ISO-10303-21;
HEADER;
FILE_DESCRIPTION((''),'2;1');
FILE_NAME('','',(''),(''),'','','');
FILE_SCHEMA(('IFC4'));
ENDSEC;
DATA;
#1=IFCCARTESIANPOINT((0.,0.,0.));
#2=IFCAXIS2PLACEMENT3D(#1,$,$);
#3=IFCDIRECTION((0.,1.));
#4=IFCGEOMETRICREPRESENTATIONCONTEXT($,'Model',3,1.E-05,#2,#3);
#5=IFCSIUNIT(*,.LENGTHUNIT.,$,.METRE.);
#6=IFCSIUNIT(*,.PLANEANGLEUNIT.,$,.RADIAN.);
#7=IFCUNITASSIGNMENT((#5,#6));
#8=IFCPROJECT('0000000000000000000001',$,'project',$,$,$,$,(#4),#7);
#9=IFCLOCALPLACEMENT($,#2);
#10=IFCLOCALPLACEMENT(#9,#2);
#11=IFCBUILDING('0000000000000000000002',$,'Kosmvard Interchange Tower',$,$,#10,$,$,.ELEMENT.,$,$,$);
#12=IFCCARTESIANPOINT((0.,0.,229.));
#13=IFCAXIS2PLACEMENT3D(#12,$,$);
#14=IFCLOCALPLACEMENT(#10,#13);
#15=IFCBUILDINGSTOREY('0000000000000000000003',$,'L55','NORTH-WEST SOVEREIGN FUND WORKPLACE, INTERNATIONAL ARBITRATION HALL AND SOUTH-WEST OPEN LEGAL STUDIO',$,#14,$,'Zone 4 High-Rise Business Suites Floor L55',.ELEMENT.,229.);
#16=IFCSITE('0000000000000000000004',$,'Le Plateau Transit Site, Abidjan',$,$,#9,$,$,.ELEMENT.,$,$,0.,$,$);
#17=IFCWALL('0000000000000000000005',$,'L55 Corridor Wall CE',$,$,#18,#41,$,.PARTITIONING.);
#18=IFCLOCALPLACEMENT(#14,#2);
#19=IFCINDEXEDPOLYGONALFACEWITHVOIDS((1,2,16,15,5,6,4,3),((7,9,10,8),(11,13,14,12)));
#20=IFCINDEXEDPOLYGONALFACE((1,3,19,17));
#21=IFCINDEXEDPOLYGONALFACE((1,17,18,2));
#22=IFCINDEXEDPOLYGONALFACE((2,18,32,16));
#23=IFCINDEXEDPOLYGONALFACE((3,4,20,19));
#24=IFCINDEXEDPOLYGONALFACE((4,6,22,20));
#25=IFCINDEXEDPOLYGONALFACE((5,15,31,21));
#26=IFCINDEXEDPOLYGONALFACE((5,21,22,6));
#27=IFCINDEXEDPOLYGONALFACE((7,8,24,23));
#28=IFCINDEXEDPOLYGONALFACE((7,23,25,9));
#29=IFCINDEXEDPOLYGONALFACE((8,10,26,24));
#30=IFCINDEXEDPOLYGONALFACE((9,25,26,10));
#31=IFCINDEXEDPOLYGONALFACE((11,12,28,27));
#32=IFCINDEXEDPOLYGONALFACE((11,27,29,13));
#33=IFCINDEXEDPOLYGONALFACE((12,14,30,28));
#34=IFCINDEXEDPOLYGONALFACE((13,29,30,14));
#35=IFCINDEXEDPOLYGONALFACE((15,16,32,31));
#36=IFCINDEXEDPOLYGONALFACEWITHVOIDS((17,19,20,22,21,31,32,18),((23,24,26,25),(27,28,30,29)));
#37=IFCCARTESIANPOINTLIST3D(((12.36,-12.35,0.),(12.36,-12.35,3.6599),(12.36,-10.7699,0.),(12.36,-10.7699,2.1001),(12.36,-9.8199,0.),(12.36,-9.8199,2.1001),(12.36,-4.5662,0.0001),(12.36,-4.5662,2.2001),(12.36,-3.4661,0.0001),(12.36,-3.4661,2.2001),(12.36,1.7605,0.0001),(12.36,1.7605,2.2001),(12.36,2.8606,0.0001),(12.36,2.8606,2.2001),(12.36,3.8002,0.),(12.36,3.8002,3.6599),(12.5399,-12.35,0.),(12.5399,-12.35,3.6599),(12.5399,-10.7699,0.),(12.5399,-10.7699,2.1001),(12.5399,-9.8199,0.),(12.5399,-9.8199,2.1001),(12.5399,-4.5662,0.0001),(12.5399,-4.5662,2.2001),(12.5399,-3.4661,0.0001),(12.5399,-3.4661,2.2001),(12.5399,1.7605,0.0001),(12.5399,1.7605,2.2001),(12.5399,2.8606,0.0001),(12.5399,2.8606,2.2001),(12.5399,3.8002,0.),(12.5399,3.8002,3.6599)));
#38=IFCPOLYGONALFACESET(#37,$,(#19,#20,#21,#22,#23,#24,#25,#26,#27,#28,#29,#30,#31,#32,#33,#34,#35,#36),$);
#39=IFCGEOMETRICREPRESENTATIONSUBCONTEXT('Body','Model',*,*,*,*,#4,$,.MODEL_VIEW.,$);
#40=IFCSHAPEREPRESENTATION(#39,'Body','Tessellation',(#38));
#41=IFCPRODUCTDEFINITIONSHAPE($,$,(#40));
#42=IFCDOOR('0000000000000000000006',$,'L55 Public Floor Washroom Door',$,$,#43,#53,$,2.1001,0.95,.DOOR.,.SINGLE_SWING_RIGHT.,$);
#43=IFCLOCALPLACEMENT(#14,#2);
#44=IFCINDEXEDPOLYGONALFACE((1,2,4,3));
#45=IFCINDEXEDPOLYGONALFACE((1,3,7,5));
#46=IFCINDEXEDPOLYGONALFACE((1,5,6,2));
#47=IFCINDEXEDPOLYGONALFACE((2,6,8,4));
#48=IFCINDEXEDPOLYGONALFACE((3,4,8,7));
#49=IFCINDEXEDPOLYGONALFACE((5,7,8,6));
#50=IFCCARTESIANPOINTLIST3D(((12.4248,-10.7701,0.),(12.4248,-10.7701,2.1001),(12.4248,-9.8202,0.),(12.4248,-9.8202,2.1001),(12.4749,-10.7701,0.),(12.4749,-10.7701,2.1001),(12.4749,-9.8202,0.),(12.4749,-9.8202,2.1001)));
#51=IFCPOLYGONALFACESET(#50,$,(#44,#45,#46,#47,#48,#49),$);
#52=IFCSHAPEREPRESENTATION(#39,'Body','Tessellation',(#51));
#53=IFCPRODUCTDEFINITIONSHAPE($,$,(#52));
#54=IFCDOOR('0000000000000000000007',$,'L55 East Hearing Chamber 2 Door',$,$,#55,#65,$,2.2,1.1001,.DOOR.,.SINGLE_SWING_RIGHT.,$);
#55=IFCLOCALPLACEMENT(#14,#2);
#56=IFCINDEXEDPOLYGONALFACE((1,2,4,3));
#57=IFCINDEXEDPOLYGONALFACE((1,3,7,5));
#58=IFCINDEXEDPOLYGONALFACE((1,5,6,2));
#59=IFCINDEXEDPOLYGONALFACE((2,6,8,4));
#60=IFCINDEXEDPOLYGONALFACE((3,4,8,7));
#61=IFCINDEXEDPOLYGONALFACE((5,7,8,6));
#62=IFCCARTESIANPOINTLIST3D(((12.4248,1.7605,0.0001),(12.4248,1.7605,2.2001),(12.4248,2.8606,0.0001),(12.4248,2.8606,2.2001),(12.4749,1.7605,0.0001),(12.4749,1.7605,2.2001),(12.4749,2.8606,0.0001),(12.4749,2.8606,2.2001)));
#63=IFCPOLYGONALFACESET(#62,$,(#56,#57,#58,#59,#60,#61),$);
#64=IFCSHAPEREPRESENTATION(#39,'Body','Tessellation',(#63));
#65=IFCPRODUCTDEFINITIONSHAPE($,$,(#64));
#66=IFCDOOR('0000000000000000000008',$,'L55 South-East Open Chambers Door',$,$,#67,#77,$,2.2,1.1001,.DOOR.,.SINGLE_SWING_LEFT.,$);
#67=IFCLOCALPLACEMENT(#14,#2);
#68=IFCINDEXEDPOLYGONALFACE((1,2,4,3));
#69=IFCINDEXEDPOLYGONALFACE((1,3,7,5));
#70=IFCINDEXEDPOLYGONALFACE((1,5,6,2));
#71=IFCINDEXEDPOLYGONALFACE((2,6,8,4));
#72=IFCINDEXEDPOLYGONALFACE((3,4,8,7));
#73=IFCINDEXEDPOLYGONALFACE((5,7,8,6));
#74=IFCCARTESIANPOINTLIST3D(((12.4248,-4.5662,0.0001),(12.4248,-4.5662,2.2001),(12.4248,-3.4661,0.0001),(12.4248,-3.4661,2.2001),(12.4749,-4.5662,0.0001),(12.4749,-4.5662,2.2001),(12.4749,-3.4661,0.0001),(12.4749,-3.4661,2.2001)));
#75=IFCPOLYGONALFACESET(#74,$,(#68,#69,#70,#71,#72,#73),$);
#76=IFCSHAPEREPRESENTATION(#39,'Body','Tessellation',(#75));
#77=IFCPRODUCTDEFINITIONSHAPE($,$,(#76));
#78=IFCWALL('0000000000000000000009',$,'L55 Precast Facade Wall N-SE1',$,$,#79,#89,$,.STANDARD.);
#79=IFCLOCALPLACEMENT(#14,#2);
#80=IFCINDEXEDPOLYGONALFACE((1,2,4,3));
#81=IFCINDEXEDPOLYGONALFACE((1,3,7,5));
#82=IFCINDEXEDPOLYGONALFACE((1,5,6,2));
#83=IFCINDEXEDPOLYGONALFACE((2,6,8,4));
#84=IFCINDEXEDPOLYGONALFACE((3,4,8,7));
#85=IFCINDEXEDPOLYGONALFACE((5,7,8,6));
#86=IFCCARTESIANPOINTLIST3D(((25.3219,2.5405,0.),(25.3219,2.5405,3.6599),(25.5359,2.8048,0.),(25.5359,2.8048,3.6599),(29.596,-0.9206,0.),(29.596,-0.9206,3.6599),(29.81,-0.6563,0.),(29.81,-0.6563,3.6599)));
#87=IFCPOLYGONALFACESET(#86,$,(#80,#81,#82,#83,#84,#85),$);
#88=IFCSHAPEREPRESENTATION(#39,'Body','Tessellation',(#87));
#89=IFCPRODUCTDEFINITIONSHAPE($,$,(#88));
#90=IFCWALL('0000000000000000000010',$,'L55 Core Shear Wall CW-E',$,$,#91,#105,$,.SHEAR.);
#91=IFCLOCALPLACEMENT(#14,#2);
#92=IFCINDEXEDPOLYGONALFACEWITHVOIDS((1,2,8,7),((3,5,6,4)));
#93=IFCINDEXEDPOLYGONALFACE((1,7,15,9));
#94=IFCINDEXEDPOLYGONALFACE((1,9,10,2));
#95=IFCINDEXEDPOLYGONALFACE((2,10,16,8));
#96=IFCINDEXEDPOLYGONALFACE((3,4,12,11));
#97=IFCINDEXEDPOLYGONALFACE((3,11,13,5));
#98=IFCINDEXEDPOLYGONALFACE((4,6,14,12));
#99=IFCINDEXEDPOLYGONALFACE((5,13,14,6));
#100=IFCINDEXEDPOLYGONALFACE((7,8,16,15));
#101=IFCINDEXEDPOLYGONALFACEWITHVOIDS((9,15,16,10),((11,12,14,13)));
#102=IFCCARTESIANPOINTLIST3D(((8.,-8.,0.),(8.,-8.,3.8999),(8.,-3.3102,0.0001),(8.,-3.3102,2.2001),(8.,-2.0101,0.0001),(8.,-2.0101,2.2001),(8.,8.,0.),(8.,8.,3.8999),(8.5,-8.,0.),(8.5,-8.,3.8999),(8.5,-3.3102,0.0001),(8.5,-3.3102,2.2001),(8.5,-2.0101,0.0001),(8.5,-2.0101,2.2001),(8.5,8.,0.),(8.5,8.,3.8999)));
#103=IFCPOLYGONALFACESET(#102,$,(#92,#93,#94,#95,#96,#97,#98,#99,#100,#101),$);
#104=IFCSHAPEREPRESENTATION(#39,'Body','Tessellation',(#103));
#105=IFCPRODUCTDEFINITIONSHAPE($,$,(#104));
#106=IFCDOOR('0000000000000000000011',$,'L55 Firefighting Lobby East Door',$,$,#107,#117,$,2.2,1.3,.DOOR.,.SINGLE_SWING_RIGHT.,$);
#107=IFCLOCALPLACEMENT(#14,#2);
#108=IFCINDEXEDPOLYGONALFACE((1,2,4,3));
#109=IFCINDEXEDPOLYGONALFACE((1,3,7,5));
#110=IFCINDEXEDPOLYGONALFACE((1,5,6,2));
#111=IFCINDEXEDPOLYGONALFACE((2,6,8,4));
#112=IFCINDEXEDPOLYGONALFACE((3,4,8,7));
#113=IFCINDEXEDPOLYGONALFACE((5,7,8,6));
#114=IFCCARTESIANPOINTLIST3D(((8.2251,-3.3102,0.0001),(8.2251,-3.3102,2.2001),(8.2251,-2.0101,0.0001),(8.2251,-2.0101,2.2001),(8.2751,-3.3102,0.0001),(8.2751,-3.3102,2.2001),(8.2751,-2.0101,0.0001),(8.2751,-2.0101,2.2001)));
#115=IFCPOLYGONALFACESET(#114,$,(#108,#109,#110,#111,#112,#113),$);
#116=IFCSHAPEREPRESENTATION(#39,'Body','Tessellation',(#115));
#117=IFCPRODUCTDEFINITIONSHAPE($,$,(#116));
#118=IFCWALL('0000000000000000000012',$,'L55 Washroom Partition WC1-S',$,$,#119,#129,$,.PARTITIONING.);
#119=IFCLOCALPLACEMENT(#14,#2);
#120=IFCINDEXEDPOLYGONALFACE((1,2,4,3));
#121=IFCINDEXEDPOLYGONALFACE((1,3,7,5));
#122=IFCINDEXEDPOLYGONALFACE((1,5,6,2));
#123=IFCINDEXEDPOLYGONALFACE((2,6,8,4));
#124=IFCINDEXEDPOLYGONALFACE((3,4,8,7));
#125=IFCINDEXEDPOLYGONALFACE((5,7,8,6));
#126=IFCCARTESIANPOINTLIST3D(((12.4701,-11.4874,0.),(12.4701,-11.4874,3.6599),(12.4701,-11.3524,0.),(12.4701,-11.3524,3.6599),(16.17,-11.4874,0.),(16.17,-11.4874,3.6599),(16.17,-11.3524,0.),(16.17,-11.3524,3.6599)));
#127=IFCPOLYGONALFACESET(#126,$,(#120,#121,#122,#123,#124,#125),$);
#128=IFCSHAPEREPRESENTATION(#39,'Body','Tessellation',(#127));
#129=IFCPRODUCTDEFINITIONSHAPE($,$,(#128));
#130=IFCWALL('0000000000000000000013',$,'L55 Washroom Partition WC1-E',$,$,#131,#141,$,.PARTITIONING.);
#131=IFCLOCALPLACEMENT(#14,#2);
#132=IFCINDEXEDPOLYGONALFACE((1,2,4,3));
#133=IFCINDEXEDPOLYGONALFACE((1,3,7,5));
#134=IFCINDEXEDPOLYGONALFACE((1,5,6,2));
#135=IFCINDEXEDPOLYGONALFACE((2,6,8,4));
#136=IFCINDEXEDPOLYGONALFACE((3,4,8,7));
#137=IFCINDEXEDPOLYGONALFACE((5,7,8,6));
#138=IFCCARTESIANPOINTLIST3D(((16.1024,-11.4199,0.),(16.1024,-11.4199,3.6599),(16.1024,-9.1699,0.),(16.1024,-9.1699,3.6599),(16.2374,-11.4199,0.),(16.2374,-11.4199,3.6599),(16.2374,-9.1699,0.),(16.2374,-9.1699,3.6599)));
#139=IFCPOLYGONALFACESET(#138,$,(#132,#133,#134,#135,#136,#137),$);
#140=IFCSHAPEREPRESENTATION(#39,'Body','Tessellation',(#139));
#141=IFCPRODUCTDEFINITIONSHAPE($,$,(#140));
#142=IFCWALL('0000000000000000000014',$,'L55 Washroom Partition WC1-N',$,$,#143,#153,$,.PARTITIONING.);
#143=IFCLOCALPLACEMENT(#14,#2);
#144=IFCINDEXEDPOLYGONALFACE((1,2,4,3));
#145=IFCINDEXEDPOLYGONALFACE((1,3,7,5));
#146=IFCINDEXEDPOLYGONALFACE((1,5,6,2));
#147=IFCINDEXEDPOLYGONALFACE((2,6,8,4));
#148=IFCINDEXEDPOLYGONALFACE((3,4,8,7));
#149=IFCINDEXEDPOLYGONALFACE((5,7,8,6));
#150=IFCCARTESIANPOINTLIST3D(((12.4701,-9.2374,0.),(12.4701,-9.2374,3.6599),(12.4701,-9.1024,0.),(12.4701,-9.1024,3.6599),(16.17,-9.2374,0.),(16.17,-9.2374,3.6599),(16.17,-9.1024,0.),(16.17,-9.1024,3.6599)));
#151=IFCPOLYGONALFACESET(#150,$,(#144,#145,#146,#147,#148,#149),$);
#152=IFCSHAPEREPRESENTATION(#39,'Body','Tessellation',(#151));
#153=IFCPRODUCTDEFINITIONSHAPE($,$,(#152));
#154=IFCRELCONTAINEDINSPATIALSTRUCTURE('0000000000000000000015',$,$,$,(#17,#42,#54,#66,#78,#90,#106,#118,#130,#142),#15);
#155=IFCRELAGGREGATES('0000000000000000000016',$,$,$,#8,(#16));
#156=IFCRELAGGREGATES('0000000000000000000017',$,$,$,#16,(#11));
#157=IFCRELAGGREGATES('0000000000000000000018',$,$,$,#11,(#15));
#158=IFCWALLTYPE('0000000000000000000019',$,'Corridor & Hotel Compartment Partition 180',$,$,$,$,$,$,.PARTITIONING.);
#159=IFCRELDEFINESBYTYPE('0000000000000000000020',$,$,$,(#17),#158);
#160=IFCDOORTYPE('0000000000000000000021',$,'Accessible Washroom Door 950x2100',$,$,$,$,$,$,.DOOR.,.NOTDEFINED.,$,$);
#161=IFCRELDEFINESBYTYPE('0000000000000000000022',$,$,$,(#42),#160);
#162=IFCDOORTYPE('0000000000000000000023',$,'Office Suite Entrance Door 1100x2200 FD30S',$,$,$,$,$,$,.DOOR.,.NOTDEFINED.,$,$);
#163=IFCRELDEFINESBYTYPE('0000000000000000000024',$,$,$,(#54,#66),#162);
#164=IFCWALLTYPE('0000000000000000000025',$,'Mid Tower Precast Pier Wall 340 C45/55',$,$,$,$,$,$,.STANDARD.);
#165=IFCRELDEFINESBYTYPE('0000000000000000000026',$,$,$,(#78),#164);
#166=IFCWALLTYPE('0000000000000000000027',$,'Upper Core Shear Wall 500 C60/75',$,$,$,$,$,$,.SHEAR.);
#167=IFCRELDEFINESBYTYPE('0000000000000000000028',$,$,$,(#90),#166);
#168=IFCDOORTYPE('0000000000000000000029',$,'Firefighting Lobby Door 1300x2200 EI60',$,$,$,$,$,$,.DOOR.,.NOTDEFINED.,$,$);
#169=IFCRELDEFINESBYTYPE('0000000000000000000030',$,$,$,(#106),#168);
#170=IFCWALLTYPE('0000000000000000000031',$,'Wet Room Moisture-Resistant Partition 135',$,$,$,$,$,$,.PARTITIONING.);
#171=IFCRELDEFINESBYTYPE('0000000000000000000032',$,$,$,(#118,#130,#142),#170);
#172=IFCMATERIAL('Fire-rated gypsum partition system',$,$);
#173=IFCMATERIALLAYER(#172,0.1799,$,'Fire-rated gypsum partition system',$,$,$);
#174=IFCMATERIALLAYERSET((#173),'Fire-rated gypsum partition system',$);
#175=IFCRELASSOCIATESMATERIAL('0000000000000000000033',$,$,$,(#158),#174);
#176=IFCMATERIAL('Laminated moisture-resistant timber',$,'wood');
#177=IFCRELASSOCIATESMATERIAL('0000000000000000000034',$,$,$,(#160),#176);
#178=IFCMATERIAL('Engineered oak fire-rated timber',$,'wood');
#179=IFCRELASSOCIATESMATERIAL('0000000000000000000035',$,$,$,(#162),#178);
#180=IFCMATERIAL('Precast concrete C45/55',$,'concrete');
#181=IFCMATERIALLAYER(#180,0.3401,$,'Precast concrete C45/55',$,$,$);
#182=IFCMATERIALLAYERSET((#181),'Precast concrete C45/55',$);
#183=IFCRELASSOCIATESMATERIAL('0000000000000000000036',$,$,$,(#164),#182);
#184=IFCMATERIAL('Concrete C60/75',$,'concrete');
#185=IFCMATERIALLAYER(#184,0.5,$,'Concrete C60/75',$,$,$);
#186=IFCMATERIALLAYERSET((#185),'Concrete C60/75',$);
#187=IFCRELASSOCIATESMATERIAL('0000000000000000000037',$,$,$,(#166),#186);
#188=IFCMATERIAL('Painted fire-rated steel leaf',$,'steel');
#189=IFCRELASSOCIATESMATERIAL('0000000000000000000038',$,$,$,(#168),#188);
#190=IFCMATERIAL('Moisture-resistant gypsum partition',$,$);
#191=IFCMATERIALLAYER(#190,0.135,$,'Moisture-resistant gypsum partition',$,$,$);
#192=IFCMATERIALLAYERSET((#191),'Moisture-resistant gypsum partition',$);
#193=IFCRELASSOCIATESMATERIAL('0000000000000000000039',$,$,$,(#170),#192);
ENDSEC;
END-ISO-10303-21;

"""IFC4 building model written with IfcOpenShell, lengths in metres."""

from ifc_helpers import new_model, si_unit, direction, frame, frame_2d, origin, place, context, subcontext, project, spatial, rectangle, extrude, source, transform, mapped, material, layer, layer_set, type_object, element, fill, save


model = new_model("IFC4")

# Units and contexts
model_context = context("Model", 3, precision=1e-05, world=origin(), true_north=direction((0.0, 1.0)))
body_context = subcontext(model_context, "Body", "Model", "MODEL_VIEW")
ifc_project = project(units=[si_unit("LENGTHUNIT", "METRE"), si_unit("PLANEANGLEUNIT", "RADIAN")], contexts=[model_context])

# Site, building, storey
site_placement = place(None, origin())
site = spatial("IfcSite", under=ifc_project, at=site_placement, Name="Le Plateau Transit Site, Abidjan", CompositionType="ELEMENT", RefElevation=0.0)
building_placement = place(site_placement, origin())
building = spatial("IfcBuilding", under=site, at=building_placement, Name="Kosmvard Interchange Tower", CompositionType="ELEMENT")
storey_placement = place(building_placement, frame((0.0, 0.0, 229.0)))
storey = spatial("IfcBuildingStorey", under=building, at=storey_placement, Name="L55", Description="NORTH-WEST SOVEREIGN FUND WORKPLACE, INTERNATIONAL ARBITRATION HALL AND SOUTH-WEST OPEN LEGAL STUDIO", LongName="Zone 4 High-Rise Business Suites Floor L55", CompositionType="ELEMENT", Elevation=229.0)

# Shared definitions
ifc_material_1 = material(Name="Concrete C60/75", Category="concrete")

# Shared definitions
ifc_material_2 = material(Name="Precast concrete C45/55", Category="concrete")

# Wall, openings, doors
ifc_material_3 = material(Name="Fire-rated gypsum partition system")
ifc_layer_1 = layer(ifc_material_3, 0.1799, Name="Fire-rated gypsum partition system")
ifc_layer_set_1 = layer_set([ifc_layer_1], Name="Fire-rated gypsum partition system")
wall_type_1 = type_object("IfcWallType", Name="Corridor & Hotel Compartment Partition 180", PredefinedType="PARTITIONING", material=ifc_layer_set_1)
wall_1_placement = place(storey_placement, frame((12.45, -12.3501, 0.0), z_axis=(0.0, 0.0, 1.0), x_axis=(0.0, 1.0, 0.0)))
wall_1 = element("IfcWall", 1, at=wall_1_placement, inside=storey, type_object=wall_type_1, Name="L55 Corridor Wall CE", PredefinedType="PARTITIONING", context=body_context, shape_type="SweptSolid", body=[
    extrude(rectangle(XDim=16.1501, YDim=0.1799, at=frame_2d((8.0752, 0.0))), origin(), (0.0, 0.0, 1.0), 3.6599),
])
opening_1_placement = place(wall_1_placement, frame((1.5801, 0.0, 0.0)))
opening_1 = element("IfcOpeningElement", 2, at=opening_1_placement, cuts=wall_1, PredefinedType="OPENING", context=body_context, shape_type="SweptSolid", body=[
    extrude(rectangle(XDim=0.95, YDim=2.1001, at=frame_2d((0.4751, 1.05))), frame((0.0, 0.1001, 0.0), z_axis=(0.0, -1.0, 0.0), x_axis=(1.0, 0.0, 0.0)), (0.0, 0.0, 1.0), 0.2),
])
opening_2_placement = place(wall_1_placement, frame((14.1106, 0.0, 0.0)))
opening_2 = element("IfcOpeningElement", 3, at=opening_2_placement, cuts=wall_1, PredefinedType="OPENING", context=body_context, shape_type="SweptSolid", body=[
    extrude(rectangle(XDim=1.1001, YDim=2.2, at=frame_2d((0.55, 1.1001))), frame((0.0, 0.1001, 0.0), z_axis=(0.0, -1.0, 0.0), x_axis=(1.0, 0.0, 0.0)), (0.0, 0.0, 1.0), 0.2),
])
opening_3_placement = place(wall_1_placement, frame((7.7839, 0.0, 0.0)))
opening_3 = element("IfcOpeningElement", 4, at=opening_3_placement, cuts=wall_1, PredefinedType="OPENING", context=body_context, shape_type="SweptSolid", body=[
    extrude(rectangle(XDim=1.1001, YDim=2.2, at=frame_2d((0.55, 1.1001))), frame((0.0, 0.1001, 0.0), z_axis=(0.0, -1.0, 0.0), x_axis=(1.0, 0.0, 0.0)), (0.0, 0.0, 1.0), 0.2),
])
ifc_material_4 = material(Name="Laminated moisture-resistant timber", Category="wood")
door_type_1 = type_object("IfcDoorType", Name="Accessible Washroom Door 950x2100", OperationType="NOTDEFINED", PredefinedType="DOOR", material=ifc_material_4)
shared_shape_1 = source(origin(), body_context, "Body", "SweptSolid", [
    extrude(rectangle(XDim=0.95, YDim=2.1001, at=frame_2d((0.4751, 1.05))), frame((0.0, 0.0249, 0.0), z_axis=(0.0, -1.0, 0.0), x_axis=(1.0, 0.0, 0.0)), (0.0, 0.0, 1.0), 0.05),
])
door_1_placement = place(opening_1_placement, frame((0.95, 0.0, 0.0), z_axis=(0.0, 0.0, 1.0), x_axis=(-1.0, 0.0, 0.0)))
door_1 = element("IfcDoor", 5, at=door_1_placement, inside=storey, type_object=door_type_1, Name="L55 Public Floor Washroom Door", OperationType="SINGLE_SWING_RIGHT", OverallHeight=2.1001, OverallWidth=0.95, PredefinedType="DOOR", context=body_context, shape_type="MappedRepresentation", body=[
    mapped(shared_shape_1, transform((0.0, 0.0, 0.0), scale=1.0)),
])
fill(opening_1, door_1)
ifc_material_5 = material(Name="Engineered oak fire-rated timber", Category="wood")
door_type_2 = type_object("IfcDoorType", Name="Office Suite Entrance Door 1100x2200 FD30S", OperationType="NOTDEFINED", PredefinedType="DOOR", material=ifc_material_5)
shared_shape_2 = source(origin(), body_context, "Body", "SweptSolid", [
    extrude(rectangle(XDim=1.1001, YDim=2.2, at=frame_2d((0.55, 1.1001))), frame((0.0, 0.0249, 0.0), z_axis=(0.0, -1.0, 0.0), x_axis=(1.0, 0.0, 0.0)), (0.0, 0.0, 1.0), 0.05),
])
door_2_placement = place(opening_2_placement, frame((1.1001, 0.0, 0.0), z_axis=(0.0, 0.0, 1.0), x_axis=(-1.0, 0.0, 0.0)))
door_2 = element("IfcDoor", 6, at=door_2_placement, inside=storey, type_object=door_type_2, Name="L55 East Hearing Chamber 2 Door", OperationType="SINGLE_SWING_RIGHT", OverallHeight=2.2, OverallWidth=1.1001, PredefinedType="DOOR", context=body_context, shape_type="MappedRepresentation", body=[
    mapped(shared_shape_2, transform((0.0, 0.0, 0.0), scale=1.0)),
])
fill(opening_2, door_2)
door_3_placement = place(opening_3_placement, frame((1.1001, 0.0, 0.0), z_axis=(0.0, 0.0, 1.0), x_axis=(-1.0, 0.0, 0.0)))
door_3 = element("IfcDoor", 7, at=door_3_placement, inside=storey, type_object=door_type_2, Name="L55 South-East Open Chambers Door", OperationType="SINGLE_SWING_LEFT", OverallHeight=2.2, OverallWidth=1.1001, PredefinedType="DOOR", context=body_context, shape_type="MappedRepresentation", body=[
    mapped(shared_shape_2, transform((0.0, 0.0, 0.0), scale=1.0)),
])
fill(opening_3, door_3)

# Wall
ifc_layer_2 = layer(ifc_material_2, 0.3401, Name="Precast concrete C45/55")
ifc_layer_set_2 = layer_set([ifc_layer_2], Name="Precast concrete C45/55")
wall_type_2 = type_object("IfcWallType", Name="Mid Tower Precast Pier Wall 340 C45/55", PredefinedType="STANDARD", material=ifc_layer_set_2)
wall_2_placement = place(storey_placement, frame((29.7031, -0.7886, 0.0), z_axis=(0.0, 0.0, 1.0), x_axis=(-0.777144, 0.629323, 0.0)))
element("IfcWall", 8, at=wall_2_placement, inside=storey, type_object=wall_type_2, Name="L55 Precast Facade Wall N-SE1", PredefinedType="STANDARD", context=body_context, shape_type="SweptSolid", body=[
    extrude(rectangle(XDim=5.4998, YDim=0.3401, at=frame_2d((2.75, 0.0))), origin(), (0.0, 0.0, 1.0), 3.6599),
])

# Wall, opening, door
ifc_layer_3 = layer(ifc_material_1, 0.5, Name="Concrete C60/75")
ifc_layer_set_3 = layer_set([ifc_layer_3], Name="Concrete C60/75")
wall_type_3 = type_object("IfcWallType", Name="Upper Core Shear Wall 500 C60/75", PredefinedType="SHEAR", material=ifc_layer_set_3)
wall_3_placement = place(storey_placement, frame((8.25, -8.0, 0.0), z_axis=(0.0, 0.0, 1.0), x_axis=(0.0, 1.0, 0.0)))
wall_3 = element("IfcWall", 9, at=wall_3_placement, inside=storey, type_object=wall_type_3, Name="L55 Core Shear Wall CW-E", PredefinedType="SHEAR", context=body_context, shape_type="SweptSolid", body=[
    extrude(rectangle(XDim=16.0, YDim=0.5, at=frame_2d((8.0, 0.0))), origin(), (0.0, 0.0, 1.0), 3.8999),
])
opening_4_placement = place(wall_3_placement, frame((4.6899, 0.0, 0.0)))
opening_4 = element("IfcOpeningElement", 10, at=opening_4_placement, cuts=wall_3, PredefinedType="OPENING", context=body_context, shape_type="SweptSolid", body=[
    extrude(rectangle(XDim=1.3, YDim=2.2, at=frame_2d((0.6499, 1.1001))), frame((0.0, 0.26, 0.0), z_axis=(0.0, -1.0, 0.0), x_axis=(1.0, 0.0, 0.0)), (0.0, 0.0, 1.0), 0.52),
])
ifc_material_6 = material(Name="Painted fire-rated steel leaf", Category="steel")
door_type_3 = type_object("IfcDoorType", Name="Firefighting Lobby Door 1300x2200 EI60", OperationType="NOTDEFINED", PredefinedType="DOOR", material=ifc_material_6)
shared_shape_3 = source(origin(), body_context, "Body", "SweptSolid", [
    extrude(rectangle(XDim=1.3, YDim=2.2, at=frame_2d((0.6499, 1.1001))), frame((0.0, 0.0249, 0.0), z_axis=(0.0, -1.0, 0.0), x_axis=(1.0, 0.0, 0.0)), (0.0, 0.0, 1.0), 0.05),
])
door_4_placement = place(opening_4_placement, origin())
door_4 = element("IfcDoor", 11, at=door_4_placement, inside=storey, type_object=door_type_3, Name="L55 Firefighting Lobby East Door", OperationType="SINGLE_SWING_RIGHT", OverallHeight=2.2, OverallWidth=1.3, PredefinedType="DOOR", context=body_context, shape_type="MappedRepresentation", body=[
    mapped(shared_shape_3, transform((0.0, 0.0, 0.0), scale=1.0)),
])
fill(opening_4, door_4)

# Walls
ifc_material_7 = material(Name="Moisture-resistant gypsum partition")
ifc_layer_4 = layer(ifc_material_7, 0.135, Name="Moisture-resistant gypsum partition")
ifc_layer_set_4 = layer_set([ifc_layer_4], Name="Moisture-resistant gypsum partition")
wall_type_4 = type_object("IfcWallType", Name="Wet Room Moisture-Resistant Partition 135", PredefinedType="PARTITIONING", material=ifc_layer_set_4)
wall_4_placement = place(storey_placement, frame((12.47, -11.4199, 0.0), z_axis=(0.0, 0.0, 1.0), x_axis=(1.0, 0.0, 0.0)))
element("IfcWall", 12, at=wall_4_placement, inside=storey, type_object=wall_type_4, Name="L55 Washroom Partition WC1-S", PredefinedType="PARTITIONING", context=body_context, shape_type="SweptSolid", body=[
    extrude(rectangle(XDim=3.7, YDim=0.135, at=frame_2d((1.8501, 0.0))), origin(), (0.0, 0.0, 1.0), 3.6599),
])
wall_5_placement = place(storey_placement, frame((16.1699, -11.4199, 0.0), z_axis=(0.0, 0.0, 1.0), x_axis=(0.0, 1.0, 0.0)))
element("IfcWall", 13, at=wall_5_placement, inside=storey, type_object=wall_type_4, Name="L55 Washroom Partition WC1-E", PredefinedType="PARTITIONING", context=body_context, shape_type="SweptSolid", body=[
    extrude(rectangle(XDim=2.25, YDim=0.135, at=frame_2d((1.125, 0.0))), origin(), (0.0, 0.0, 1.0), 3.6599),
])
wall_6_placement = place(storey_placement, frame((12.47, -9.1699, 0.0), z_axis=(0.0, 0.0, 1.0), x_axis=(1.0, 0.0, 0.0)))
element("IfcWall", 14, at=wall_6_placement, inside=storey, type_object=wall_type_4, Name="L55 Washroom Partition WC1-N", PredefinedType="PARTITIONING", context=body_context, shape_type="SweptSolid", body=[
    extrude(rectangle(XDim=3.7, YDim=0.135, at=frame_2d((1.8501, 0.0))), origin(), (0.0, 0.0, 1.0), 3.6599),
])

save(model, "model.ifc")
